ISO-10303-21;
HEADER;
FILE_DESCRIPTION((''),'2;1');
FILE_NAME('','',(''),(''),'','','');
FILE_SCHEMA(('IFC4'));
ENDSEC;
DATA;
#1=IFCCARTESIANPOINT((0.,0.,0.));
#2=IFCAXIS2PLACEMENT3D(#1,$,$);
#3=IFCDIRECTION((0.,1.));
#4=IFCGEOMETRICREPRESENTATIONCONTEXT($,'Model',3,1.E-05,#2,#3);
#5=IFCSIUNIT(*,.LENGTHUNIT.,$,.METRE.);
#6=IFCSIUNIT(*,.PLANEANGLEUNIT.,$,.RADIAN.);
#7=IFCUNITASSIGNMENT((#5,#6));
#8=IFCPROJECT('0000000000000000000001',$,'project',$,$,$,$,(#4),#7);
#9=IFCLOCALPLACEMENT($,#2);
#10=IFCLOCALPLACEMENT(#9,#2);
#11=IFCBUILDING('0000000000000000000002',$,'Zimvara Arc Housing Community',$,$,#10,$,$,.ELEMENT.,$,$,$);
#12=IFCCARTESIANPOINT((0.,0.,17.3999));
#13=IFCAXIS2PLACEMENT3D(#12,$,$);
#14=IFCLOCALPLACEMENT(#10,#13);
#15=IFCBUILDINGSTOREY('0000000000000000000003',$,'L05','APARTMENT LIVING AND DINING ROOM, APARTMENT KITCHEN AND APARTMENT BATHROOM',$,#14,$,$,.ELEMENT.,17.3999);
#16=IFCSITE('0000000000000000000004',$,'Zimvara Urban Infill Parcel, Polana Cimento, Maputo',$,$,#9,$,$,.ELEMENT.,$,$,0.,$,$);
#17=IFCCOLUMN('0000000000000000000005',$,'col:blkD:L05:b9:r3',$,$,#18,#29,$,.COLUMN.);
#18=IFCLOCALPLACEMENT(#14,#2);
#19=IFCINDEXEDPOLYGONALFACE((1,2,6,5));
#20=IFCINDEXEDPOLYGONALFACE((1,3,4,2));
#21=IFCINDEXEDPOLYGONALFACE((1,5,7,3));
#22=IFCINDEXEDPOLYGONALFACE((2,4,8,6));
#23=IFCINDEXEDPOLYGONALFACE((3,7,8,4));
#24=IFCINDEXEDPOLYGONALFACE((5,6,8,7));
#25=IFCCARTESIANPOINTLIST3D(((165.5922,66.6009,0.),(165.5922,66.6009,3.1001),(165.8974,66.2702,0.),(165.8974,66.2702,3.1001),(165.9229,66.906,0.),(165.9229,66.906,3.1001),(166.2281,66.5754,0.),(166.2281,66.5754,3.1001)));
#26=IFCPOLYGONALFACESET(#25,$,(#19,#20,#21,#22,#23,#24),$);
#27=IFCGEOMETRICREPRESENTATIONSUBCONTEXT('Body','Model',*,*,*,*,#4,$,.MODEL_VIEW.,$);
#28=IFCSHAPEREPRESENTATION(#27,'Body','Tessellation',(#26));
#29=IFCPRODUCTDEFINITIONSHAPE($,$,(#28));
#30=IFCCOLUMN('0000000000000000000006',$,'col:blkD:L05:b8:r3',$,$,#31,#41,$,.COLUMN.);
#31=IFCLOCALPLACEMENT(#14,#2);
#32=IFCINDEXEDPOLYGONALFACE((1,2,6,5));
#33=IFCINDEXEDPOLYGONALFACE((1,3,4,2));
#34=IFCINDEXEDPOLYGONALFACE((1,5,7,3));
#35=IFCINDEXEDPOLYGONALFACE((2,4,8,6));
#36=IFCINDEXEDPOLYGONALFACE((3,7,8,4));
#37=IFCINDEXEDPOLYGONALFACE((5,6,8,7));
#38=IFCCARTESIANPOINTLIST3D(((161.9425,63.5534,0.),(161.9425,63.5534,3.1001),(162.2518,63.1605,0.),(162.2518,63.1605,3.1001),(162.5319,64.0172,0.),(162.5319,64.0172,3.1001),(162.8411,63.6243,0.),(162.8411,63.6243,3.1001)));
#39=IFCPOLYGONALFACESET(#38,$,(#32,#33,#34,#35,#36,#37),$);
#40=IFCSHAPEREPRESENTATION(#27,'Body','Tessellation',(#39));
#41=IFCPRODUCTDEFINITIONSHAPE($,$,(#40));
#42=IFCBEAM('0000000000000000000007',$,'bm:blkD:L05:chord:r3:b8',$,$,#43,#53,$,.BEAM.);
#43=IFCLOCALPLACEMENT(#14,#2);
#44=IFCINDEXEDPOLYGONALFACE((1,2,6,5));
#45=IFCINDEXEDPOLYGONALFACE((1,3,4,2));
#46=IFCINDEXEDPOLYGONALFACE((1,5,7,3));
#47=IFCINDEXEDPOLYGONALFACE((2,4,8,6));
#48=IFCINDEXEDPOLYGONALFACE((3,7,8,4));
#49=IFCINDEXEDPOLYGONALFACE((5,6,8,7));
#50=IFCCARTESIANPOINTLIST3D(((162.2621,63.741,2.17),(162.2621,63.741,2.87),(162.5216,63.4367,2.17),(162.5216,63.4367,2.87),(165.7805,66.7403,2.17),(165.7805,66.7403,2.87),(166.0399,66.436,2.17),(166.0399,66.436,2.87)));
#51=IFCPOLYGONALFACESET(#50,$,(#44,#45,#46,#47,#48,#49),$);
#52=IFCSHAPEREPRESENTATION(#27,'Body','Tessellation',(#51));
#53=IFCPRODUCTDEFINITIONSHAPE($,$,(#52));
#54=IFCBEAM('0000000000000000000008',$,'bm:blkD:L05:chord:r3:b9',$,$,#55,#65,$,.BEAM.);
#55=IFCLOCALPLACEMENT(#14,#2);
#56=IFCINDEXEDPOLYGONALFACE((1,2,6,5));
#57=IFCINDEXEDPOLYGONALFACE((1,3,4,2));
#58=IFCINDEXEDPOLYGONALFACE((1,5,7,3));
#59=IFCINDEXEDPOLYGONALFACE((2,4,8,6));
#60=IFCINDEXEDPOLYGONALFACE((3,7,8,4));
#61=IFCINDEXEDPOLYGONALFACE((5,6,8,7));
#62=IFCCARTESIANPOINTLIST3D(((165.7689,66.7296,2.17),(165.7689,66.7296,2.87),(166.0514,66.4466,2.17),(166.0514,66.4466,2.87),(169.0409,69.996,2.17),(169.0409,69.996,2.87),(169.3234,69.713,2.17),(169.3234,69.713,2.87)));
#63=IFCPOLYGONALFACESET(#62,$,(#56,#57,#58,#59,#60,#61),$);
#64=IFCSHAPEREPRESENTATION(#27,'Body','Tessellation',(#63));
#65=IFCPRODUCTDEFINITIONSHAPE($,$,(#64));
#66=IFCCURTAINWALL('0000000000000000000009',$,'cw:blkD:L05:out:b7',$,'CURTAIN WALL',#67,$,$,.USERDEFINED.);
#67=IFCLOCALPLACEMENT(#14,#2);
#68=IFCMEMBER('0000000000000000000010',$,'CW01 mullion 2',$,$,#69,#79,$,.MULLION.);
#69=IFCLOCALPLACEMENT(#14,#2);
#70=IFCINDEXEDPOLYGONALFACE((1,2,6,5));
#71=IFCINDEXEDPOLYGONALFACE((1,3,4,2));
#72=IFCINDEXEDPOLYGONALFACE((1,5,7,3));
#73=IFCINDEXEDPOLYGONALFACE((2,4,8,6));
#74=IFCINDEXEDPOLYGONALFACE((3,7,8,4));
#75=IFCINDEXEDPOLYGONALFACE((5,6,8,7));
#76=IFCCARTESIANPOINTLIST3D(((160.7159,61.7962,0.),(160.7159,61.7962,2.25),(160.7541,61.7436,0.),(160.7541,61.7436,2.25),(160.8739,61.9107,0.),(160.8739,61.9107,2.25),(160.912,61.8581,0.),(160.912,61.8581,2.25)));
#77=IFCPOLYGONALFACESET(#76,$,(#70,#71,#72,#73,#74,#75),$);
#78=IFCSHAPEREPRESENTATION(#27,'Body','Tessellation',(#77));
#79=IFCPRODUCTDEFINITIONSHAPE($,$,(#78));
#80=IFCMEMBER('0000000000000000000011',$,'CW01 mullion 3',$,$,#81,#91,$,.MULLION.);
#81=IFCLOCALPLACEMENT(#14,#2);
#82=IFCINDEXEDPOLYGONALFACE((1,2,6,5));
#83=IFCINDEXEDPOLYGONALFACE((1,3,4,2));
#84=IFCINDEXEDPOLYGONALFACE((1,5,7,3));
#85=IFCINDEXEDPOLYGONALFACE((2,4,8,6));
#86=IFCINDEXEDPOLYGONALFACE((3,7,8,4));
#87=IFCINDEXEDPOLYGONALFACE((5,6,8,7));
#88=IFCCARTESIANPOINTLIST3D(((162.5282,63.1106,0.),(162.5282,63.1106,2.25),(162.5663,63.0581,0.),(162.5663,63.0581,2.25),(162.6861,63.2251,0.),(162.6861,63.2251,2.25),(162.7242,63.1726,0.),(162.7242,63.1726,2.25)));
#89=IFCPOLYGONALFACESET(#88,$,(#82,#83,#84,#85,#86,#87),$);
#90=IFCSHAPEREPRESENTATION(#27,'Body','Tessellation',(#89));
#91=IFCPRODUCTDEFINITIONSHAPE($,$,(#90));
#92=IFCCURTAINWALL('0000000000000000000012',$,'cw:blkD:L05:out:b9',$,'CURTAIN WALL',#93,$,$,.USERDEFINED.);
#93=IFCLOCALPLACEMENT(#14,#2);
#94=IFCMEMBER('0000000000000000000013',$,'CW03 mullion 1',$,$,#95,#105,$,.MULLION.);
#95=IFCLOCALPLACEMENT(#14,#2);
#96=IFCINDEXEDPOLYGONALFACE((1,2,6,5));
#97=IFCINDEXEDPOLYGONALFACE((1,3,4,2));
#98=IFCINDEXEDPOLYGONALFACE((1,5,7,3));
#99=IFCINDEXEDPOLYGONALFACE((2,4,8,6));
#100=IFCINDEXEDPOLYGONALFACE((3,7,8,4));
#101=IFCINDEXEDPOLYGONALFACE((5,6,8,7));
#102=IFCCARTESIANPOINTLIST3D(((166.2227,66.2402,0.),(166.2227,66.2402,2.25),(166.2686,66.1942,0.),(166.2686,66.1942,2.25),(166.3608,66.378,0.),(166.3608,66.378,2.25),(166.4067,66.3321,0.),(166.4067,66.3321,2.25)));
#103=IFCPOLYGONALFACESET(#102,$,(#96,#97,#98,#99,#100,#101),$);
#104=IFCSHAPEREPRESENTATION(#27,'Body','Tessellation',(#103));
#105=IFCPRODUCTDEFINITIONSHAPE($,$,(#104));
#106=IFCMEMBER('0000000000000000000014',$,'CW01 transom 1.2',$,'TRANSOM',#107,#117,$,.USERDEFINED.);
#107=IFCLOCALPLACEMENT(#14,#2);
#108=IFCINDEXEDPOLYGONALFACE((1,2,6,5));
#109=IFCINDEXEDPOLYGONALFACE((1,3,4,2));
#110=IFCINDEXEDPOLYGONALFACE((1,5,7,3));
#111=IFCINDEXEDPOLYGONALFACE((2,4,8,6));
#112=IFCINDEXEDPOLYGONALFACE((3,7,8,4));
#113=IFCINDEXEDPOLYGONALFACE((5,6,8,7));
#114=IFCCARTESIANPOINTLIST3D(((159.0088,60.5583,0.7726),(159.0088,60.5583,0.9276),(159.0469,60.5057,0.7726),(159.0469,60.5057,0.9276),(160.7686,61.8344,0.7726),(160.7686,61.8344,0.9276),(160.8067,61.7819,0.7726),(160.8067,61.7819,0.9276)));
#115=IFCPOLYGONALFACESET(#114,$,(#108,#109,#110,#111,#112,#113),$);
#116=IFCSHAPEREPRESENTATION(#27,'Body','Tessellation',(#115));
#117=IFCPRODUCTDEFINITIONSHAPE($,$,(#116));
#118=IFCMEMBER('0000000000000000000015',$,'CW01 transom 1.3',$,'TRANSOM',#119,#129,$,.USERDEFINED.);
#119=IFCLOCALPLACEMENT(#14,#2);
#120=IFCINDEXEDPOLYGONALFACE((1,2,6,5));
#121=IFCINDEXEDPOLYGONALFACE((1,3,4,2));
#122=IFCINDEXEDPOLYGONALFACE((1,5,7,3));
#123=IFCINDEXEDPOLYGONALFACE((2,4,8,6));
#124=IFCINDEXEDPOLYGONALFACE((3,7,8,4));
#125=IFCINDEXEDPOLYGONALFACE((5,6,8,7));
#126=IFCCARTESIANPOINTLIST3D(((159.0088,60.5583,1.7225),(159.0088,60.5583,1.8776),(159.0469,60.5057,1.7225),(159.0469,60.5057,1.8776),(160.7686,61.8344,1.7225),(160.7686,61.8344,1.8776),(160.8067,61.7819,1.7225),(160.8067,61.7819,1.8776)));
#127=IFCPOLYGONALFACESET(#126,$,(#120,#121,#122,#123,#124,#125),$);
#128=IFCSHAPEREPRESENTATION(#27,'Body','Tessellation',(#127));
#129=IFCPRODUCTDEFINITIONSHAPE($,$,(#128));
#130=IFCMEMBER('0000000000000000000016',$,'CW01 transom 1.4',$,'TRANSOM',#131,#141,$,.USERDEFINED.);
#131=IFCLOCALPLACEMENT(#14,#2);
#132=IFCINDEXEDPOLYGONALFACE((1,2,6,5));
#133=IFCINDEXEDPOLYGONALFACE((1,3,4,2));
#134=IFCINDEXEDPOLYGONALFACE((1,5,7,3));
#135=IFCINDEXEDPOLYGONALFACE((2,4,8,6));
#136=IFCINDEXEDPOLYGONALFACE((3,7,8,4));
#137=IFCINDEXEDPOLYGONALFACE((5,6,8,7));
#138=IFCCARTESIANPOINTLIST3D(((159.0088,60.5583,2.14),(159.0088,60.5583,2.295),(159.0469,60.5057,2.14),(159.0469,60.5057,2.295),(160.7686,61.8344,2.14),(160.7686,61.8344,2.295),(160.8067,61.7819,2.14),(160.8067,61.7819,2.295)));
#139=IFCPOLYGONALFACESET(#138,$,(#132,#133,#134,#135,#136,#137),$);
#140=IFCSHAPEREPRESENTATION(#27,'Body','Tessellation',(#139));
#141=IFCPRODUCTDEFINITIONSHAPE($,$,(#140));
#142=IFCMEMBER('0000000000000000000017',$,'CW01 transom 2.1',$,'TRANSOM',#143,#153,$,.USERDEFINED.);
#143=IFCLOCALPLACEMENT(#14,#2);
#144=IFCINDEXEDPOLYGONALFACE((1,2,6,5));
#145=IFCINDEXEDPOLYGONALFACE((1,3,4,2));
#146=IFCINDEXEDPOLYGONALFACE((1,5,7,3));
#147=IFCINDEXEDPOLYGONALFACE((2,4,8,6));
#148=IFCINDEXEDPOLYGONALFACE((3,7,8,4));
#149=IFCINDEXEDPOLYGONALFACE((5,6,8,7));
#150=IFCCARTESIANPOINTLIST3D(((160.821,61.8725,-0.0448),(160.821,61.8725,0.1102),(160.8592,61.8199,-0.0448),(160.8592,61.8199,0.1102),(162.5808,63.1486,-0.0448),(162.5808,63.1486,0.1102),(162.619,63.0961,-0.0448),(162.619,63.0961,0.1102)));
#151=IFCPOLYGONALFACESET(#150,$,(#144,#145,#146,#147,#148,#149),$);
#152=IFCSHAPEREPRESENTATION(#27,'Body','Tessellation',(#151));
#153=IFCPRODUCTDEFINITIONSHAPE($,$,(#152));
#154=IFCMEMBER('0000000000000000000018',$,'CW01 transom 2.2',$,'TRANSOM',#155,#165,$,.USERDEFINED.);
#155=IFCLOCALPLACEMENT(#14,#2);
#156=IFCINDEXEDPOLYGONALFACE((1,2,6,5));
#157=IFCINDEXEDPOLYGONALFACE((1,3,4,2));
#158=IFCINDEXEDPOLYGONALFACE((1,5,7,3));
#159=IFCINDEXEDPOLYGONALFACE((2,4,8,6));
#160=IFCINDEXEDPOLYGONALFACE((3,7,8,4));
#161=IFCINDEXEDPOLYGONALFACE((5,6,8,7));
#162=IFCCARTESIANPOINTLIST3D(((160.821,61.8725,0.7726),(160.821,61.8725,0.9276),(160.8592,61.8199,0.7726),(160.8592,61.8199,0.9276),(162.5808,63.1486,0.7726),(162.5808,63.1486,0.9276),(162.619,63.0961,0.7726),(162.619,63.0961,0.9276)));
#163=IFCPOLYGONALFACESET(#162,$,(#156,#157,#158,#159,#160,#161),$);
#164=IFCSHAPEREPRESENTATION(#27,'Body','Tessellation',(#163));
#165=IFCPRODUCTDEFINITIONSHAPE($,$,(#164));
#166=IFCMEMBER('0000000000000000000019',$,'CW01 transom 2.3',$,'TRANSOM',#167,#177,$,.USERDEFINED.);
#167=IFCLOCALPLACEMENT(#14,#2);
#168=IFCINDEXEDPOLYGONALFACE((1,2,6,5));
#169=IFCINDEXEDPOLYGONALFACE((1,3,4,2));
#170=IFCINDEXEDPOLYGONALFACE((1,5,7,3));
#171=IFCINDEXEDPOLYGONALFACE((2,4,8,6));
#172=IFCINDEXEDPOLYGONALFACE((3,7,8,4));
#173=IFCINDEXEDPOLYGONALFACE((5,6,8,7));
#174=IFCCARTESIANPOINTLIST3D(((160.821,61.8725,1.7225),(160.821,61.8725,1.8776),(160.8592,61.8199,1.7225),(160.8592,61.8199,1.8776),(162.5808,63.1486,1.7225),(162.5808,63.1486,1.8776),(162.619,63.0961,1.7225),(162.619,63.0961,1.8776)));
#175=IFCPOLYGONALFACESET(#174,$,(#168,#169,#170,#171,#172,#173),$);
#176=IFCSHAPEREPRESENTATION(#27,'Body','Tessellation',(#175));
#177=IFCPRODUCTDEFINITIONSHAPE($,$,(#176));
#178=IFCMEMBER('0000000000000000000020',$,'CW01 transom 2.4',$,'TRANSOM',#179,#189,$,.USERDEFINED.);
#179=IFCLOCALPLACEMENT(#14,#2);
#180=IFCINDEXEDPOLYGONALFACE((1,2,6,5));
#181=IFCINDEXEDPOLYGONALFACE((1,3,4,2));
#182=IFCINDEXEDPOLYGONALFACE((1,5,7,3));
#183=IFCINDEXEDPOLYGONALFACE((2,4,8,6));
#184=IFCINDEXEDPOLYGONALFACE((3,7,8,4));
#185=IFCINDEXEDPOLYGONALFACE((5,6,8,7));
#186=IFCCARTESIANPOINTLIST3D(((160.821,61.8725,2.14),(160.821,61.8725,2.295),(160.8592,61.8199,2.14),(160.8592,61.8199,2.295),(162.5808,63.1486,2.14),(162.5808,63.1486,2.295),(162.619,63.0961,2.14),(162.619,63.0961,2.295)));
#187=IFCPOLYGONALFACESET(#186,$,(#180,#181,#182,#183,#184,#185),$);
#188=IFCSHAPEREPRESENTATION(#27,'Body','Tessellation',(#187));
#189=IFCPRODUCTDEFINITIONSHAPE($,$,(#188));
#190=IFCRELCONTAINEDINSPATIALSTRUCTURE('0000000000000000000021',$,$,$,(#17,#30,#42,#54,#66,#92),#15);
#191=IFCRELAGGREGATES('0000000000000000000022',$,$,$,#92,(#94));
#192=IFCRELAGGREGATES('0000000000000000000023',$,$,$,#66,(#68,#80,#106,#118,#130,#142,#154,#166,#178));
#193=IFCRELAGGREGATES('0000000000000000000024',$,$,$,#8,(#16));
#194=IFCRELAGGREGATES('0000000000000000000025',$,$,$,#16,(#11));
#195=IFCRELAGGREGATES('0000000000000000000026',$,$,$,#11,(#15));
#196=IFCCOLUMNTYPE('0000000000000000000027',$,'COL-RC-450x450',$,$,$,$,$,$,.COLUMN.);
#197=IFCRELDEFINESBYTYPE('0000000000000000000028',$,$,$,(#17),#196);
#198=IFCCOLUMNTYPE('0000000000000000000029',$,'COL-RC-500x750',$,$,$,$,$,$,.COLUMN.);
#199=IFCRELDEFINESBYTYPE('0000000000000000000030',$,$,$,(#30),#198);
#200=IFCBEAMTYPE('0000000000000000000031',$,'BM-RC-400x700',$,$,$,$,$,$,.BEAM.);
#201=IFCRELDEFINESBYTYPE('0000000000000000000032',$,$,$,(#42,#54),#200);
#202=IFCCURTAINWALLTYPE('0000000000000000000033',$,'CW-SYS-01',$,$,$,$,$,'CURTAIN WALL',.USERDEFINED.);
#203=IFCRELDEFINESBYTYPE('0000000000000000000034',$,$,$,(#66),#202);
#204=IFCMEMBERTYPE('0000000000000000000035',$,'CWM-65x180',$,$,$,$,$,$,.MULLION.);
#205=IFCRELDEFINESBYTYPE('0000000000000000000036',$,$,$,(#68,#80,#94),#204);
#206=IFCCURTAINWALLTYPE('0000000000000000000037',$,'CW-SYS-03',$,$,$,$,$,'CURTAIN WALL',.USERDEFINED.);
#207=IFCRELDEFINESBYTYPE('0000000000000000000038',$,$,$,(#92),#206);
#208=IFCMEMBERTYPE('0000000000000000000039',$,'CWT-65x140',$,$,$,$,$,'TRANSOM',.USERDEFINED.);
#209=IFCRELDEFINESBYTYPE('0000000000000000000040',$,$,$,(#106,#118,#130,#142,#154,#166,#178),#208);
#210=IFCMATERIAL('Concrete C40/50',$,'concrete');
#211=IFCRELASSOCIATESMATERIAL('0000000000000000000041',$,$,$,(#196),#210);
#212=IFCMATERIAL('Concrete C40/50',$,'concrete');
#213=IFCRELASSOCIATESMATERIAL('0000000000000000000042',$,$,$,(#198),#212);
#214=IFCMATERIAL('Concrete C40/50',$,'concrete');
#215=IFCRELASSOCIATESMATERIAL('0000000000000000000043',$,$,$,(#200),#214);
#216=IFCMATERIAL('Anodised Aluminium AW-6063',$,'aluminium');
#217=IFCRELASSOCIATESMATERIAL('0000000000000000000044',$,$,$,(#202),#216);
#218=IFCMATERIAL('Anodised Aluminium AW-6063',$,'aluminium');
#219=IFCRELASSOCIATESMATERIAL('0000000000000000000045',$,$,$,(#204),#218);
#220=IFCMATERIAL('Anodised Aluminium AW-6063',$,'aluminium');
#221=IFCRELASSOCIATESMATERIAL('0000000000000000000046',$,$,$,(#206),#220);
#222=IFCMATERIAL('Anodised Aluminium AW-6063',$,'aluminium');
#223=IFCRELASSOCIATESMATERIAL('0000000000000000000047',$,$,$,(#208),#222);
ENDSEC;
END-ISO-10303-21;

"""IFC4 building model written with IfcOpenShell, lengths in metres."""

from ifc_helpers import new_model, si_unit, direction, frame, origin, origin_2d, place, context, subcontext, project, spatial, rectangle, extrude, material, material_profile, profile_set, type_object, element, aggregate, save


model = new_model("IFC4")

# Units and contexts
model_context = context("Model", 3, precision=1e-05, world=origin(), true_north=direction((0.0, 1.0)))
body_context = subcontext(model_context, "Body", "Model", "MODEL_VIEW")
ifc_project = project(units=[si_unit("LENGTHUNIT", "METRE"), si_unit("PLANEANGLEUNIT", "RADIAN")], contexts=[model_context])

# Site, building, storey
site_placement = place(None, origin())
site = spatial("IfcSite", under=ifc_project, at=site_placement, Name="Zimvara Urban Infill Parcel, Polana Cimento, Maputo", CompositionType="ELEMENT", RefElevation=0.0)
building_placement = place(site_placement, origin())
building = spatial("IfcBuilding", under=site, at=building_placement, Name="Zimvara Arc Housing Community", CompositionType="ELEMENT")
storey_placement = place(building_placement, frame((0.0, 0.0, 17.3999)))
storey = spatial("IfcBuildingStorey", under=building, at=storey_placement, Name="L05", Description="APARTMENT LIVING AND DINING ROOM, APARTMENT KITCHEN AND APARTMENT BATHROOM", CompositionType="ELEMENT", Elevation=17.3999)

# Columns
ifc_material_1 = material(Name="Concrete C40/50", Category="concrete")
ifc_material_profile_1 = material_profile(ifc_material_1, rectangle(XDim=0.45, YDim=0.45, at=origin_2d()), Name="RC 450x450")
ifc_profile_set_1 = profile_set([ifc_material_profile_1], Name="Concrete C40/50")
column_type_1 = type_object("IfcColumnType", Name="COL-RC-450x450", PredefinedType="COLUMN", material=ifc_profile_set_1)
column_1_placement = place(storey_placement, frame((165.9102, 66.5881, 0.0), z_axis=(0.0, 0.0, 1.0), x_axis=(0.67816, -0.734915, 0.0)))
element("IfcColumn", 1, at=column_1_placement, inside=storey, type_object=column_type_1, Name="col:blkD:L05:b9:r3", PredefinedType="COLUMN", context=body_context, shape_type="SweptSolid", body=[
    extrude(rectangle(XDim=0.45, YDim=0.45, at=origin_2d()), origin(), (0.0, 0.0, 1.0), 3.1001),
])
ifc_material_2 = material(Name="Concrete C40/50", Category="concrete")
ifc_material_profile_2 = material_profile(ifc_material_2, rectangle(XDim=0.5, YDim=0.75, at=origin_2d()), Name="RC 500x750")
ifc_profile_set_2 = profile_set([ifc_material_profile_2], Name="Concrete C40/50")
column_type_2 = type_object("IfcColumnType", Name="COL-RC-500x750", PredefinedType="COLUMN", material=ifc_profile_set_2)
column_2_placement = place(storey_placement, frame((162.3918, 63.5889, 0.0), z_axis=(0.0, 0.0, 1.0), x_axis=(0.618408, -0.785857, 0.0)))
element("IfcColumn", 2, at=column_2_placement, inside=storey, type_object=column_type_2, Name="col:blkD:L05:b8:r3", PredefinedType="COLUMN", context=body_context, shape_type="SweptSolid", body=[
    extrude(rectangle(XDim=0.5, YDim=0.75, at=origin_2d()), origin(), (0.0, 0.0, 1.0), 3.1001),
])

# Beams
ifc_material_3 = material(Name="Concrete C40/50", Category="concrete")
ifc_material_profile_3 = material_profile(ifc_material_3, rectangle(XDim=0.3999, YDim=0.7, at=origin_2d()), Name="RC 400x700")
ifc_profile_set_3 = profile_set([ifc_material_profile_3], Name="Concrete C40/50")
beam_type = type_object("IfcBeamType", Name="BM-RC-400x700", PredefinedType="BEAM", material=ifc_profile_set_3)
for number, where, z_axis, x_axis, name in (
    (3, (162.3918, 63.5889, 2.52), (0.76101, 0.648741, 0.0), (-0.648741, 0.76101, 0.0), "bm:blkD:L05:chord:r3:b8"),
    (4, (165.9102, 66.5881, 2.52), (0.707714, 0.706499, 0.0), (-0.706499, 0.707714, 0.0), "bm:blkD:L05:chord:r3:b9"),
):
    element("IfcBeam", number, at=place(storey_placement, frame(where, z_axis=z_axis, x_axis=x_axis)), inside=storey, type_object=beam_type, Name=name, PredefinedType="BEAM", context=body_context, shape_type="SweptSolid", body=[
        extrude(rectangle(XDim=0.3999, YDim=0.7, at=origin_2d()), origin(), (0.0, 0.0, 1.0), 4.6233),
    ])

# Curtain wall, members
ifc_material_4 = material(Name="Anodised Aluminium AW-6063", Category="aluminium")
curtain_wall_type_1 = type_object("IfcCurtainWallType", Name="CW-SYS-01", ElementType="CURTAIN WALL", PredefinedType="USERDEFINED", material=ifc_material_4)
curtain_wall_1_placement = place(storey_placement, origin())
curtain_wall_1 = element("IfcCurtainWall", 5, at=curtain_wall_1_placement, inside=storey, type_object=curtain_wall_type_1, Name="cw:blkD:L05:out:b7", ObjectType="CURTAIN WALL", PredefinedType="USERDEFINED")
ifc_material_5 = material(Name="Anodised Aluminium AW-6063", Category="aluminium")
ifc_material_profile_4 = material_profile(ifc_material_5, rectangle(XDim=0.0649, YDim=0.1951, at=origin_2d()), Name="ALU 65x195")
ifc_profile_set_4 = profile_set([ifc_material_profile_4], Name="Anodised Aluminium AW-6063")
member_type_1 = type_object("IfcMemberType", Name="CWM-65x180", PredefinedType="MULLION", material=ifc_profile_set_4)
member_1_placement = place(storey_placement, frame((160.814, 61.8271, 0.0), z_axis=(0.0, 0.0, 1.0), x_axis=(-0.587078, 0.80953, 0.0)))
member_1 = element("IfcMember", 6, at=member_1_placement, type_object=member_type_1, Name="CW01 mullion 2", PredefinedType="MULLION", context=body_context, shape_type="SweptSolid", body=[
    extrude(rectangle(XDim=0.0649, YDim=0.1951, at=origin_2d()), origin(), (0.0, 0.0, 1.0), 2.25),
])
member_2_placement = place(storey_placement, frame((162.6262, 63.1416, 0.0), z_axis=(0.0, 0.0, 1.0), x_axis=(-0.587078, 0.80953, 0.0)))
member_2 = element("IfcMember", 7, at=member_2_placement, type_object=member_type_1, Name="CW01 mullion 3", PredefinedType="MULLION", context=body_context, shape_type="SweptSolid", body=[
    extrude(rectangle(XDim=0.0649, YDim=0.1951, at=origin_2d()), origin(), (0.0, 0.0, 1.0), 2.25),
])

# Curtain wall, member
ifc_material_6 = material(Name="Anodised Aluminium AW-6063", Category="aluminium")
curtain_wall_type_2 = type_object("IfcCurtainWallType", Name="CW-SYS-03", ElementType="CURTAIN WALL", PredefinedType="USERDEFINED", material=ifc_material_6)
curtain_wall_2_placement = place(storey_placement, origin())
curtain_wall_2 = element("IfcCurtainWall", 8, at=curtain_wall_2_placement, inside=storey, type_object=curtain_wall_type_2, Name="cw:blkD:L05:out:b9", ObjectType="CURTAIN WALL", PredefinedType="USERDEFINED")
member_3_placement = place(storey_placement, frame((166.3147, 66.2861, 0.0), z_axis=(0.0, 0.0, 1.0), x_axis=(-0.706489, 0.707724, 0.0)))
member_3 = element("IfcMember", 9, at=member_3_placement, type_object=member_type_1, Name="CW03 mullion 1", PredefinedType="MULLION", context=body_context, shape_type="SweptSolid", body=[
    extrude(rectangle(XDim=0.0649, YDim=0.1951, at=origin_2d()), origin(), (0.0, 0.0, 1.0), 2.25),
])

# Members
ifc_material_7 = material(Name="Anodised Aluminium AW-6063", Category="aluminium")
ifc_material_profile_5 = material_profile(ifc_material_7, rectangle(XDim=0.0649, YDim=0.155, at=origin_2d()), Name="ALU 65x155")
ifc_profile_set_5 = profile_set([ifc_material_profile_5], Name="Anodised Aluminium AW-6063")
member_type_2 = type_object("IfcMemberType", Name="CWT-65x140", ElementType="TRANSOM", PredefinedType="USERDEFINED", material=ifc_profile_set_5)
member_4_placement = place(storey_placement, frame((159.0278, 60.532, 0.8501), z_axis=(0.809546, 0.587056, 0.0), x_axis=(-0.587056, 0.809546, 0.0)))
member_4 = element("IfcMember", 10, at=member_4_placement, type_object=member_type_2, Name="CW01 transom 1.2", ObjectType="TRANSOM", PredefinedType="USERDEFINED", context=body_context, shape_type="SweptSolid", body=[
    extrude(rectangle(XDim=0.0649, YDim=0.155, at=origin_2d()), origin(), (0.0, 0.0, 1.0), 2.1738),
])
member_5_placement = place(storey_placement, frame((159.0278, 60.532, 1.8), z_axis=(0.809546, 0.587056, 0.0), x_axis=(-0.587056, 0.809546, 0.0)))
member_5 = element("IfcMember", 11, at=member_5_placement, type_object=member_type_2, Name="CW01 transom 1.3", ObjectType="TRANSOM", PredefinedType="USERDEFINED", context=body_context, shape_type="SweptSolid", body=[
    extrude(rectangle(XDim=0.0649, YDim=0.155, at=origin_2d()), origin(), (0.0, 0.0, 1.0), 2.1738),
])
member_6_placement = place(storey_placement, frame((159.0278, 60.532, 2.2175), z_axis=(0.809546, 0.587056, 0.0), x_axis=(-0.587056, 0.809546, 0.0)))
member_6 = element("IfcMember", 12, at=member_6_placement, type_object=member_type_2, Name="CW01 transom 1.4", ObjectType="TRANSOM", PredefinedType="USERDEFINED", context=body_context, shape_type="SweptSolid", body=[
    extrude(rectangle(XDim=0.0649, YDim=0.155, at=origin_2d()), origin(), (0.0, 0.0, 1.0), 2.1738),
])
member_7_placement = place(storey_placement, frame((160.8401, 61.8462, 0.0327), z_axis=(0.809546, 0.587056, 0.0), x_axis=(-0.587056, 0.809546, 0.0)))
member_7 = element("IfcMember", 13, at=member_7_placement, type_object=member_type_2, Name="CW01 transom 2.1", ObjectType="TRANSOM", PredefinedType="USERDEFINED", context=body_context, shape_type="SweptSolid", body=[
    extrude(rectangle(XDim=0.0649, YDim=0.155, at=origin_2d()), origin(), (0.0, 0.0, 1.0), 2.1738),
])
member_8_placement = place(storey_placement, frame((160.8401, 61.8462, 0.8501), z_axis=(0.809546, 0.587056, 0.0), x_axis=(-0.587056, 0.809546, 0.0)))
member_8 = element("IfcMember", 14, at=member_8_placement, type_object=member_type_2, Name="CW01 transom 2.2", ObjectType="TRANSOM", PredefinedType="USERDEFINED", context=body_context, shape_type="SweptSolid", body=[
    extrude(rectangle(XDim=0.0649, YDim=0.155, at=origin_2d()), origin(), (0.0, 0.0, 1.0), 2.1738),
])
member_9_placement = place(storey_placement, frame((160.8401, 61.8462, 1.8), z_axis=(0.809546, 0.587056, 0.0), x_axis=(-0.587056, 0.809546, 0.0)))
member_9 = element("IfcMember", 15, at=member_9_placement, type_object=member_type_2, Name="CW01 transom 2.3", ObjectType="TRANSOM", PredefinedType="USERDEFINED", context=body_context, shape_type="SweptSolid", body=[
    extrude(rectangle(XDim=0.0649, YDim=0.155, at=origin_2d()), origin(), (0.0, 0.0, 1.0), 2.1738),
])
member_10_placement = place(storey_placement, frame((160.8401, 61.8462, 2.2175), z_axis=(0.809546, 0.587056, 0.0), x_axis=(-0.587056, 0.809546, 0.0)))
member_10 = element("IfcMember", 16, at=member_10_placement, type_object=member_type_2, Name="CW01 transom 2.4", ObjectType="TRANSOM", PredefinedType="USERDEFINED", context=body_context, shape_type="SweptSolid", body=[
    extrude(rectangle(XDim=0.0649, YDim=0.155, at=origin_2d()), origin(), (0.0, 0.0, 1.0), 2.1738),
])
aggregate(curtain_wall_2, [member_3])

aggregate(curtain_wall_1, [member_1, member_2, member_4, member_5, member_6, member_7, member_8, member_9, member_10])

save(model, "model.ifc")
